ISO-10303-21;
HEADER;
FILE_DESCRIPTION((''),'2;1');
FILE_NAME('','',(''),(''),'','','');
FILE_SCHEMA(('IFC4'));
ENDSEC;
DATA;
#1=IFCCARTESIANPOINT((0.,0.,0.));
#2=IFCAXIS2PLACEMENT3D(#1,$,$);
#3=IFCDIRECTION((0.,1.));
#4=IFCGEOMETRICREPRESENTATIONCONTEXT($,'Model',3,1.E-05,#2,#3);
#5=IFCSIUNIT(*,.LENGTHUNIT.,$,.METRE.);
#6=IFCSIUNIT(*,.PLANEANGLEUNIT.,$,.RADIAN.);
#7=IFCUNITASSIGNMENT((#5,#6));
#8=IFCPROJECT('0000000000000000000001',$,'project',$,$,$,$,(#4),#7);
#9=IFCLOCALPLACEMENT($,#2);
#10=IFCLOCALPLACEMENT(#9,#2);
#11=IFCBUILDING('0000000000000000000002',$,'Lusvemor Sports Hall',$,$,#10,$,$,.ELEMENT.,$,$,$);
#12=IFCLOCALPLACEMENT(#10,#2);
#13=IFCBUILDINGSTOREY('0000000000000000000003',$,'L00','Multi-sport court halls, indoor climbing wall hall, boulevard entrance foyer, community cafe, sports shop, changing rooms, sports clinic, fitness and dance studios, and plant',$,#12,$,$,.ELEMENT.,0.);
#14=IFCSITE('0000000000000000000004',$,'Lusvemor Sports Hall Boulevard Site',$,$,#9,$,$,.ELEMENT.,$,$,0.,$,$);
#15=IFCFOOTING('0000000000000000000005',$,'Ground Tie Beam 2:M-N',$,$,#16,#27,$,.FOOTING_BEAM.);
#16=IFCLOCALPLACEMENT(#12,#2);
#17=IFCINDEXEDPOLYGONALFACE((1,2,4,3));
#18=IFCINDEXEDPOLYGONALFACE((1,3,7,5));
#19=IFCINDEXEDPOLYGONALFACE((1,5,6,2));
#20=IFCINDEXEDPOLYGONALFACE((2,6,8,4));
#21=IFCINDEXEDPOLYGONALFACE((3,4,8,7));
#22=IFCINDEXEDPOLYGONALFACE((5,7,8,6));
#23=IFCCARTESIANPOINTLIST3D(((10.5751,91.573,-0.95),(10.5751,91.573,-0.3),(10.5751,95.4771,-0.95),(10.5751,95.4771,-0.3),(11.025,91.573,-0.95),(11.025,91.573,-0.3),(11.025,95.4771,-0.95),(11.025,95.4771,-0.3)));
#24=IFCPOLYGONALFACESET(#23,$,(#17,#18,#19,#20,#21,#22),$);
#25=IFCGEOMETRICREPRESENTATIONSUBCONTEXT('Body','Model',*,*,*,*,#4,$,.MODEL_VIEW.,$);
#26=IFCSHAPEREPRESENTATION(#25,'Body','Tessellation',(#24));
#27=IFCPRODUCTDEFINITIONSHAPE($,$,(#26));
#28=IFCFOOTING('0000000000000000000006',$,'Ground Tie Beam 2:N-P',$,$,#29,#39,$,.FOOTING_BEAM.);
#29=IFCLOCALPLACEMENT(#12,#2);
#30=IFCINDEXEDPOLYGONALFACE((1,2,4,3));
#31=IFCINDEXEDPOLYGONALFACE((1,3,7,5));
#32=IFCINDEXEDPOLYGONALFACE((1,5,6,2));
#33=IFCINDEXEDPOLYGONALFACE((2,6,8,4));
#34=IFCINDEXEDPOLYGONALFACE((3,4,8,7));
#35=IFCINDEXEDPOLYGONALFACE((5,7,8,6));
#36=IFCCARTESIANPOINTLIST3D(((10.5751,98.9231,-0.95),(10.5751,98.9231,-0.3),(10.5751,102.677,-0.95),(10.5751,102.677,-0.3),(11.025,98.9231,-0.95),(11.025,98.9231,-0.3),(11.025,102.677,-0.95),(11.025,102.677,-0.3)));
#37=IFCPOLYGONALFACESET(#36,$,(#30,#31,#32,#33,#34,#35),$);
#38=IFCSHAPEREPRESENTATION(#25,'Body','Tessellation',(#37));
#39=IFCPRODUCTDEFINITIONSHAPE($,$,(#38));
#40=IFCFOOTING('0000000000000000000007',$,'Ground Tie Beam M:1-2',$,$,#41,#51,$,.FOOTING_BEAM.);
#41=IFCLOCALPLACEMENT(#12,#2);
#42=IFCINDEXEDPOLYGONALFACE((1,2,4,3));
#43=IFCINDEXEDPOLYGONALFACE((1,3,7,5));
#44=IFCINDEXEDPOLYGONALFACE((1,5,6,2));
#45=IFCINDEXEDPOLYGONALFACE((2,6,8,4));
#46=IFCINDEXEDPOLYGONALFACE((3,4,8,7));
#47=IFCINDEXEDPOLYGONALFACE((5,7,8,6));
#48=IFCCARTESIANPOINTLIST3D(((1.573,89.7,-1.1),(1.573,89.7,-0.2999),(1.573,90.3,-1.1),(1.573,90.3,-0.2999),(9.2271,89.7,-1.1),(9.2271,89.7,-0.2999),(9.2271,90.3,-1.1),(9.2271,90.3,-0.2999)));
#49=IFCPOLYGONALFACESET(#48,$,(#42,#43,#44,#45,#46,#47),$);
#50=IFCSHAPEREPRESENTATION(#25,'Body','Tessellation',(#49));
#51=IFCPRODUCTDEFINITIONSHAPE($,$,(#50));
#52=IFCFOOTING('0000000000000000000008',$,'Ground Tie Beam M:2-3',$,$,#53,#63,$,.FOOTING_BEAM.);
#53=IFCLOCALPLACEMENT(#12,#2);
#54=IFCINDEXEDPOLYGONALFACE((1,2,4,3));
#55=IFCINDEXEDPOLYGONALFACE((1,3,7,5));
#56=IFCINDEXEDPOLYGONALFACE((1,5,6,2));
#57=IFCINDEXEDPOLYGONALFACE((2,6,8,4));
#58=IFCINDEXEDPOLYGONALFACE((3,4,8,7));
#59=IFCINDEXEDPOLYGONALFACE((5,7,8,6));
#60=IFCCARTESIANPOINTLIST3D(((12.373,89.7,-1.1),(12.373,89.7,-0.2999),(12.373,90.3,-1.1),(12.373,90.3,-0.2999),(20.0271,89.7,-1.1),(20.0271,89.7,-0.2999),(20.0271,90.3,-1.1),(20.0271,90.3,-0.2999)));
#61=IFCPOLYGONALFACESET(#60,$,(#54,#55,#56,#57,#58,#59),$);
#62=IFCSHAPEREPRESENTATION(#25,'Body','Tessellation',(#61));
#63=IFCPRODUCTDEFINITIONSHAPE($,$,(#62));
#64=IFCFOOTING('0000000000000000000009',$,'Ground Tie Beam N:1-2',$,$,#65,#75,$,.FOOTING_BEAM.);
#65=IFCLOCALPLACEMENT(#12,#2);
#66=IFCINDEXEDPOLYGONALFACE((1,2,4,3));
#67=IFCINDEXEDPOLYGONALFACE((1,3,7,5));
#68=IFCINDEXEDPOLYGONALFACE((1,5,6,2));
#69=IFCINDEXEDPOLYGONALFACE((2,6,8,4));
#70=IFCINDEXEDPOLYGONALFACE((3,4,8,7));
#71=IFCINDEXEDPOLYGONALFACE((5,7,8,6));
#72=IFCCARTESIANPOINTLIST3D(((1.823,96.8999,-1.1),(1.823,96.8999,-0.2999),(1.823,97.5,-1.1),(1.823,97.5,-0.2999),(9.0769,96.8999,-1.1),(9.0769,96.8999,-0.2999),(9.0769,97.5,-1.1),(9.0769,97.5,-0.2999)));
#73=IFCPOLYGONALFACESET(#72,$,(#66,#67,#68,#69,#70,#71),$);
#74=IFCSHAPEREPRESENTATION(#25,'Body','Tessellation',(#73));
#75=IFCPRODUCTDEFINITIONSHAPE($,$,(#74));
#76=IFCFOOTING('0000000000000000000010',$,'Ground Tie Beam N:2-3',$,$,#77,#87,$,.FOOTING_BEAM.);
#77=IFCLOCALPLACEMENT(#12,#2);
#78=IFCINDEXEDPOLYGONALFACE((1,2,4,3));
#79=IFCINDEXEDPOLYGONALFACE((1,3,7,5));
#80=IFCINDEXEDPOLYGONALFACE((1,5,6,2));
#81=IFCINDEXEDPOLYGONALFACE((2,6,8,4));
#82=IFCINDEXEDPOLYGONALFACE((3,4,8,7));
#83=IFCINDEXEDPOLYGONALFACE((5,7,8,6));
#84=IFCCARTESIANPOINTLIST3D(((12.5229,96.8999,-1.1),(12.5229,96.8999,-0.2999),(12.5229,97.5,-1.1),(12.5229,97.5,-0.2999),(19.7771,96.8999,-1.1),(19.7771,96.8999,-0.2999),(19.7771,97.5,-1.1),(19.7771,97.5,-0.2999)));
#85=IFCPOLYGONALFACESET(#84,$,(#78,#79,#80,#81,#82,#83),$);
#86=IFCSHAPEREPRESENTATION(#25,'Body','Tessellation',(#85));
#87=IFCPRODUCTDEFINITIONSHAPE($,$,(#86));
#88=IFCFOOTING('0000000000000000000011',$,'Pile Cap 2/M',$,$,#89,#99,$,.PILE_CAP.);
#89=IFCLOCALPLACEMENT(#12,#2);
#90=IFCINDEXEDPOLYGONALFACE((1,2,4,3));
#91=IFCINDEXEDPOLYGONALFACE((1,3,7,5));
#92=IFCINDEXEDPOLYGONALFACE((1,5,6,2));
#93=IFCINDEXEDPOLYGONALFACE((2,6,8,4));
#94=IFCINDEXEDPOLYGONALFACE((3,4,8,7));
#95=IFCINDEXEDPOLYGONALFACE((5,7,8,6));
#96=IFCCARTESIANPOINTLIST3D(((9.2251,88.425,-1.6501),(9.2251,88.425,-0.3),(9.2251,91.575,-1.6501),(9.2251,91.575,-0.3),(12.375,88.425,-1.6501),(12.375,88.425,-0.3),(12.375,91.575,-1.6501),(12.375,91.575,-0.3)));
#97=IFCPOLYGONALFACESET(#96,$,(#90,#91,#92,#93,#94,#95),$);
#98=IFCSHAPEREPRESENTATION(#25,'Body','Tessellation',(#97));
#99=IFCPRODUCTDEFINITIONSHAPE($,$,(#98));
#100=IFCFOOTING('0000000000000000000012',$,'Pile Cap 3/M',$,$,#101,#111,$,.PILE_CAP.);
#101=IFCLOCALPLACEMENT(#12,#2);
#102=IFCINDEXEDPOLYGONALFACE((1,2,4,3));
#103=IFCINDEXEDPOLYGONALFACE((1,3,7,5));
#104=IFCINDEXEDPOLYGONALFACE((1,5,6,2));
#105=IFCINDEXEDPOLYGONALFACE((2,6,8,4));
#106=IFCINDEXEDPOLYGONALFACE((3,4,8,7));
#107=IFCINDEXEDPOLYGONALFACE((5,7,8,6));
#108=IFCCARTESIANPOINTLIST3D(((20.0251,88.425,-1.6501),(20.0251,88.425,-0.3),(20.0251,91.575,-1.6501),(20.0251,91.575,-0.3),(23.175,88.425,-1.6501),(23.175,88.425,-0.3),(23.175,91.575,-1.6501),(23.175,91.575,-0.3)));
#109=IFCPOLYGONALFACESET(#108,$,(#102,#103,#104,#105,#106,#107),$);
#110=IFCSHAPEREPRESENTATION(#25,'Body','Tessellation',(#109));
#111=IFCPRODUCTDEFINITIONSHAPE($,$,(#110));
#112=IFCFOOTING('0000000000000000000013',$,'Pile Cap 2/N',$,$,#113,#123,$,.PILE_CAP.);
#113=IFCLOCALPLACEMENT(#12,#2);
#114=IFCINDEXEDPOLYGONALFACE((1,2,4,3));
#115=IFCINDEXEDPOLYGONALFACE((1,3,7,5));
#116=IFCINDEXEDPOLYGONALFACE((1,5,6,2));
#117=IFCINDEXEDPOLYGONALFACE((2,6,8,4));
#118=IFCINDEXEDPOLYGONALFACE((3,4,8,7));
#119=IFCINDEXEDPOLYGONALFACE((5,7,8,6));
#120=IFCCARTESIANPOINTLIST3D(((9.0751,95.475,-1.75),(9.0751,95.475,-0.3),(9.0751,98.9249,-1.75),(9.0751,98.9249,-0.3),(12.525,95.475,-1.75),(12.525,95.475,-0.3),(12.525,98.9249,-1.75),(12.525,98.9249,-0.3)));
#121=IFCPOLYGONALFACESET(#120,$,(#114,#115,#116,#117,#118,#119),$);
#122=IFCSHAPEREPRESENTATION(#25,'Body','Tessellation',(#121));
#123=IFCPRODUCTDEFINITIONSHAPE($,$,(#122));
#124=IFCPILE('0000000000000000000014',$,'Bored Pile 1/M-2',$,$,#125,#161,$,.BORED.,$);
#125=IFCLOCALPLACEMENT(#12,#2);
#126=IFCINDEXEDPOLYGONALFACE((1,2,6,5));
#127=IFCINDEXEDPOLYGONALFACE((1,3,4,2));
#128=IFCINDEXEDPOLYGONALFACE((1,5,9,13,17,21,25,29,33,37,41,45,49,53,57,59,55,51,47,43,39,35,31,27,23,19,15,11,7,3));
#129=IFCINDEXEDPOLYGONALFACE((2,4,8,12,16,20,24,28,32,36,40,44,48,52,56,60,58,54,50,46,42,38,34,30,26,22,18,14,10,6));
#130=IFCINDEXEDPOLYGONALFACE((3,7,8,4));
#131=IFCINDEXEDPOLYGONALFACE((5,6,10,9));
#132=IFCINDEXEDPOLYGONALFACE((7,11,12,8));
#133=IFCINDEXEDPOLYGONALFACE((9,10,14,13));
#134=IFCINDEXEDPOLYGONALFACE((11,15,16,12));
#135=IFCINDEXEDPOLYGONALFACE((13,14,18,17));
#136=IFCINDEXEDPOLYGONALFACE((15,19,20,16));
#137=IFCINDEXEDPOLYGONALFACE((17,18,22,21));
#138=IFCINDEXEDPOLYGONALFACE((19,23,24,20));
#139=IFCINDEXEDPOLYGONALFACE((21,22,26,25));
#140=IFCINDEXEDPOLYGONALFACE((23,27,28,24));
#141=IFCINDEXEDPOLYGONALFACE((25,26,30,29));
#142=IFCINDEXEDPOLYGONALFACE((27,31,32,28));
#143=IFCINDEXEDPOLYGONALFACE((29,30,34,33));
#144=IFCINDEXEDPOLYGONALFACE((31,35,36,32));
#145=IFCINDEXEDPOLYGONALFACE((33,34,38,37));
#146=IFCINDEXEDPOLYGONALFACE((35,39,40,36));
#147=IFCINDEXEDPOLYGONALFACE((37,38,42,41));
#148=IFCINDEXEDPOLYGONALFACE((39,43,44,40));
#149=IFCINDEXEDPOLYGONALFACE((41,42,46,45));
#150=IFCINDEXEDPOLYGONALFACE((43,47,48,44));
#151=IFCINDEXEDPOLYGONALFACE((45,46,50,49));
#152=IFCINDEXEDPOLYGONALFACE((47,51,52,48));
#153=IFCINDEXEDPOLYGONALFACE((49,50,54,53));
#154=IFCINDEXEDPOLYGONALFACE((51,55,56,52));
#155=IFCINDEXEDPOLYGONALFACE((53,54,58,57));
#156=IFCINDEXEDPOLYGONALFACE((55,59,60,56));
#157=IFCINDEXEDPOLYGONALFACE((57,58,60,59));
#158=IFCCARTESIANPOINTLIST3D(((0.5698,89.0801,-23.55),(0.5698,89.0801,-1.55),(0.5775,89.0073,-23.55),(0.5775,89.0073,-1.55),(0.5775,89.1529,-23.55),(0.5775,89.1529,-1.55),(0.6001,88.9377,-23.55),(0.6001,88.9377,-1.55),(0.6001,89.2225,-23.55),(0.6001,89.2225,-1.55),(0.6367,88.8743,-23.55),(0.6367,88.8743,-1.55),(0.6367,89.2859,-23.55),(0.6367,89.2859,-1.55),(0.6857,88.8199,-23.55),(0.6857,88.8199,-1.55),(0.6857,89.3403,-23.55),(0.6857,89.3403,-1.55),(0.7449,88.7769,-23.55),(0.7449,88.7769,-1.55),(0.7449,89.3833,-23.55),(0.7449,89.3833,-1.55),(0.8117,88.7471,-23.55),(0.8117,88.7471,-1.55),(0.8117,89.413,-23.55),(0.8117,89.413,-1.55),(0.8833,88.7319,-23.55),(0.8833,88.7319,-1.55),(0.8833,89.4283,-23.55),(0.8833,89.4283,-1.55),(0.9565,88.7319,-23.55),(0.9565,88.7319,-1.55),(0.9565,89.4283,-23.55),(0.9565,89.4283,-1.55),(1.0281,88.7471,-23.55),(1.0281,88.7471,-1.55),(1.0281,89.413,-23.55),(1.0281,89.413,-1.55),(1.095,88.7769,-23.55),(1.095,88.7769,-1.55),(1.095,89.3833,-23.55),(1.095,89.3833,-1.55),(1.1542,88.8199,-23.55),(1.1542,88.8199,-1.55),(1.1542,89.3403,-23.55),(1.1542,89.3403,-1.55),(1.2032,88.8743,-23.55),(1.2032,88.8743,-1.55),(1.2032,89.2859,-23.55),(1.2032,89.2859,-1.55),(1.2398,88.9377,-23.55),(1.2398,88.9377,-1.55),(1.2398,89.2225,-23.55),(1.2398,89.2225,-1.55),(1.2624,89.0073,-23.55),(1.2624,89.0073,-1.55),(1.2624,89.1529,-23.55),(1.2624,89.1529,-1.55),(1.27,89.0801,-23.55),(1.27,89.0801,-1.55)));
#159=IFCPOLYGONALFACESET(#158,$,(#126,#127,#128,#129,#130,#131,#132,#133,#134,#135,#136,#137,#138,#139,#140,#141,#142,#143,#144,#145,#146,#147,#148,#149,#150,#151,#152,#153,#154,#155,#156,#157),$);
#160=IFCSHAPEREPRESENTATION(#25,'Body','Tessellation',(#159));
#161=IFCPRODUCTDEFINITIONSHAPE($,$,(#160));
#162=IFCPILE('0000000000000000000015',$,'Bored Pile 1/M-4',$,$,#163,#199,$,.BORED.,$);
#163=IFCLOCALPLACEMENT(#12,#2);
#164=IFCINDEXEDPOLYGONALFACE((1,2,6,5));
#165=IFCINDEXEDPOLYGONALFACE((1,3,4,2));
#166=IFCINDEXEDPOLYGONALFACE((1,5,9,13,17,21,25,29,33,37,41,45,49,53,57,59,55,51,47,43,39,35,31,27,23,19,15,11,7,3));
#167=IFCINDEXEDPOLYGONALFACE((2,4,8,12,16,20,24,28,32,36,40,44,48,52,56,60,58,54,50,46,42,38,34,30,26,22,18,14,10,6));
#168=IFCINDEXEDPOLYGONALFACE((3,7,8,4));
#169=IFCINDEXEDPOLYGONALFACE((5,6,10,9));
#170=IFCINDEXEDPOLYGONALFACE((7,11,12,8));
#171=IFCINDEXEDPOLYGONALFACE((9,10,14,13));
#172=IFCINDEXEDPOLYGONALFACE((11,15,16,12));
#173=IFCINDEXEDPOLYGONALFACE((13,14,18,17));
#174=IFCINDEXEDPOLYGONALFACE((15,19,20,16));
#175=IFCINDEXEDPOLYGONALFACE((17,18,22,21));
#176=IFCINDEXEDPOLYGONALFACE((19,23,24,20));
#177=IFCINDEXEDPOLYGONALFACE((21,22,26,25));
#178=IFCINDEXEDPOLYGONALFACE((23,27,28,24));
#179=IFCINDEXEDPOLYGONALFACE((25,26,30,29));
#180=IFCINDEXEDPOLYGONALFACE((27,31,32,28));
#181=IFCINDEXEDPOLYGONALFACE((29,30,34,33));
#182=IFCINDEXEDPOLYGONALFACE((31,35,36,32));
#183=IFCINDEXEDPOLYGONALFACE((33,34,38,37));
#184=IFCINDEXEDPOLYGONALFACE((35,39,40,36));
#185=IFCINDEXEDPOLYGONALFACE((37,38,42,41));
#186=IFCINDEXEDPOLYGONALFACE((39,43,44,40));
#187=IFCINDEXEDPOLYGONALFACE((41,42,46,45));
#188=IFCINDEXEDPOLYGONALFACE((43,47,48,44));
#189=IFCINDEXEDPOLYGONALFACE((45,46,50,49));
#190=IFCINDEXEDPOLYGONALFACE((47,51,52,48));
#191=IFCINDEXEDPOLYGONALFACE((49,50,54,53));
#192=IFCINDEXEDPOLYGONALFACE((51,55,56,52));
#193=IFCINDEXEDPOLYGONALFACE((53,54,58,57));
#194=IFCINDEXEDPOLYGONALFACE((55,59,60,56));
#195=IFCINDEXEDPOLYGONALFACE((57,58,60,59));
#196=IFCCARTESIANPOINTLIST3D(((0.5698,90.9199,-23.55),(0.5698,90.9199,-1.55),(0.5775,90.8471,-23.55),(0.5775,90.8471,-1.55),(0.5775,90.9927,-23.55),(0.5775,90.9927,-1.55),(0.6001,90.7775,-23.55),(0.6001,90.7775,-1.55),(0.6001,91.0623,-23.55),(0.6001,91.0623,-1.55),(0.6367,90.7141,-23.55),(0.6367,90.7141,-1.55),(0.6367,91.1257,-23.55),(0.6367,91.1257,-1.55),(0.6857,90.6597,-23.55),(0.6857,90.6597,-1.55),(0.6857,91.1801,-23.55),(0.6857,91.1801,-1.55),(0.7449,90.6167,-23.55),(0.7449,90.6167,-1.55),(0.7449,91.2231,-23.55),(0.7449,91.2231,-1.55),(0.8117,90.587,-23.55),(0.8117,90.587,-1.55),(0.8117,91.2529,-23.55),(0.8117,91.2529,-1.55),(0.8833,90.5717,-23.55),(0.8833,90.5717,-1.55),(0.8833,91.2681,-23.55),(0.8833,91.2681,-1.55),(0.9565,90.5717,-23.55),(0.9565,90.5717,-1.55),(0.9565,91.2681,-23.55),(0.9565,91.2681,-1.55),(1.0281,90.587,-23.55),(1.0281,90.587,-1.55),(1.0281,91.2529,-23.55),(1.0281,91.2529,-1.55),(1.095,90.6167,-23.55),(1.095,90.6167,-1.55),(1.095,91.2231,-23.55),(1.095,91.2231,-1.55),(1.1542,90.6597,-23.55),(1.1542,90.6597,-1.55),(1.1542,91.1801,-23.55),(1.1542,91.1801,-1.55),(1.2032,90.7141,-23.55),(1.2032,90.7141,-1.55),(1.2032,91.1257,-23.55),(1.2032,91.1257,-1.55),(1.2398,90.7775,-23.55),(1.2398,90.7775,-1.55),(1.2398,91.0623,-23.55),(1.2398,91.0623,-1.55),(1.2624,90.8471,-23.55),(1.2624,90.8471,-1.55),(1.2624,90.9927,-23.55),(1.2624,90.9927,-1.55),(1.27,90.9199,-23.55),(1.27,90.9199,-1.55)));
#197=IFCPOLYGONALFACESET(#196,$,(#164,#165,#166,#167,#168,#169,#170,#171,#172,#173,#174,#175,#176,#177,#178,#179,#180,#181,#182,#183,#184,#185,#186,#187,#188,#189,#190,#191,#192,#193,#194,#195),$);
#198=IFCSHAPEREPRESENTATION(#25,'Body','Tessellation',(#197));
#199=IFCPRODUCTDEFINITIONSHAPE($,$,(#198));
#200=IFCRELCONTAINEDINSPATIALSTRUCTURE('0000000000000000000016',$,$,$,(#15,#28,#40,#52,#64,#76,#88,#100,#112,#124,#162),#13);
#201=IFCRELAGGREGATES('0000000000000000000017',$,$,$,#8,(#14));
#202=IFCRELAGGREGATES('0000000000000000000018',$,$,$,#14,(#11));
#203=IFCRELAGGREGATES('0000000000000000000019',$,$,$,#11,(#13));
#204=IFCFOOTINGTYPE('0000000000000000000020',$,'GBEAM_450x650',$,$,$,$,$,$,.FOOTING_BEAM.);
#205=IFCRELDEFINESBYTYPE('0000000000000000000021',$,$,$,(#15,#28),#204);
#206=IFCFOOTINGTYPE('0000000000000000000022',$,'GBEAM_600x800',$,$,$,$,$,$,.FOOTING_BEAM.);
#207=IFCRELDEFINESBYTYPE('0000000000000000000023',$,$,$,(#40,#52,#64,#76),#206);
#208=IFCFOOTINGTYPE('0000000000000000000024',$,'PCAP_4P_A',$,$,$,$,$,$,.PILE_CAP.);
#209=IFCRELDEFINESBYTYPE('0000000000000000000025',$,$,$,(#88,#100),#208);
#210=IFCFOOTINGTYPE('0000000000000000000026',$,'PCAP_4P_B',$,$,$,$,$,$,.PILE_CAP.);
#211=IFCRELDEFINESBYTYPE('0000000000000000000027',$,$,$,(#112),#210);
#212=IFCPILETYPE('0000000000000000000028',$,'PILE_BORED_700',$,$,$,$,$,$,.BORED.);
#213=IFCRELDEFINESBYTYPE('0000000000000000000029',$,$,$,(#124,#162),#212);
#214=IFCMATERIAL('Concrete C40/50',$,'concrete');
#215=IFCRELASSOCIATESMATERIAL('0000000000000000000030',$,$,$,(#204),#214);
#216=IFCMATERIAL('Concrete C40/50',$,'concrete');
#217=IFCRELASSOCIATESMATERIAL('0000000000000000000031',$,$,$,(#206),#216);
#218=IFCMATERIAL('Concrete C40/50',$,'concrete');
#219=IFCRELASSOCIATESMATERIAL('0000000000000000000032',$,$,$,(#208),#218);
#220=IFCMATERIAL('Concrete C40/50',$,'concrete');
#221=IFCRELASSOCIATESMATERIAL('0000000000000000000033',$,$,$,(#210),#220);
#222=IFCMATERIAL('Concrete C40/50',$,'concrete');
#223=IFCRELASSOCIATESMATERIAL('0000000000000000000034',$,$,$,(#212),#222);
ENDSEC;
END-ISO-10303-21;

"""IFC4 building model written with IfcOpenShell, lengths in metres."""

from ifc_helpers import new_model, si_unit, direction, frame, origin, origin_2d, place, context, subcontext, project, spatial, rectangle, circle, extrude, material, material_profile, profile_set, type_object, element, save


model = new_model("IFC4")

# Units and contexts
model_context = context("Model", 3, precision=1e-05, world=origin(), true_north=direction((0.0, 1.0)))
body_context = subcontext(model_context, "Body", "Model", "MODEL_VIEW")
ifc_project = project(units=[si_unit("LENGTHUNIT", "METRE"), si_unit("PLANEANGLEUNIT", "RADIAN")], contexts=[model_context])

# Site, building, storey
site_placement = place(None, origin())
site = spatial("IfcSite", under=ifc_project, at=site_placement, Name="Lusvemor Sports Hall Boulevard Site", CompositionType="ELEMENT", RefElevation=0.0)
building_placement = place(site_placement, origin())
building = spatial("IfcBuilding", under=site, at=building_placement, Name="Lusvemor Sports Hall", CompositionType="ELEMENT")
storey_placement = place(building_placement, origin())
storey = spatial("IfcBuildingStorey", under=building, at=storey_placement, Name="L00", Description="Multi-sport court halls, indoor climbing wall hall, boulevard entrance foyer, community cafe, sports shop, changing rooms, sports clinic, fitness and dance studios, and plant", CompositionType="ELEMENT", Elevation=0.0)

# Footings
ifc_material_1 = material(Name="Concrete C40/50", Category="concrete")
ifc_material_profile_1 = material_profile(ifc_material_1, rectangle(XDim=0.45, YDim=0.6499, at=origin_2d()), Name="GB_450x650")
ifc_profile_set_1 = profile_set([ifc_material_profile_1], Name="Concrete C40/50")
footing_type_1 = type_object("IfcFootingType", Name="GBEAM_450x650", PredefinedType="FOOTING_BEAM", material=ifc_profile_set_1)
footing_1_placement = place(storey_placement, frame((10.8, 91.573, -0.625), z_axis=(0.0, 1.0, 0.0), x_axis=(-1.0, 0.0, 0.0)))
element("IfcFooting", 1, at=footing_1_placement, inside=storey, type_object=footing_type_1, Name="Ground Tie Beam 2:M-N", PredefinedType="FOOTING_BEAM", context=body_context, shape_type="SweptSolid", body=[
    extrude(rectangle(XDim=0.45, YDim=0.6499, at=origin_2d()), origin(), (0.0, 0.0, 1.0), 3.9041),
])
footing_2_placement = place(storey_placement, frame((10.8, 98.9231, -0.625), z_axis=(0.0, 1.0, 0.0), x_axis=(-1.0, 0.0, 0.0)))
element("IfcFooting", 2, at=footing_2_placement, inside=storey, type_object=footing_type_1, Name="Ground Tie Beam 2:N-P", PredefinedType="FOOTING_BEAM", context=body_context, shape_type="SweptSolid", body=[
    extrude(rectangle(XDim=0.45, YDim=0.6499, at=origin_2d()), origin(), (0.0, 0.0, 1.0), 3.7539),
])
ifc_material_2 = material(Name="Concrete C40/50", Category="concrete")
ifc_material_profile_2 = material_profile(ifc_material_2, rectangle(XDim=0.6001, YDim=0.8, at=origin_2d()), Name="GB_600x800")
ifc_profile_set_2 = profile_set([ifc_material_profile_2], Name="Concrete C40/50")
footing_type_2 = type_object("IfcFootingType", Name="GBEAM_600x800", PredefinedType="FOOTING_BEAM", material=ifc_profile_set_2)
for number, where, z_axis, x_axis, name in (
    (3, (1.573, 90.0, -0.7), (1.0, 0.0, 0.0), (0.0, 1.0, 0.0), "Ground Tie Beam M:1-2"),
    (4, (12.373, 90.0, -0.7), (1.0, 0.0, 0.0), (0.0, 1.0, 0.0), "Ground Tie Beam M:2-3"),
):
    element("IfcFooting", number, at=place(storey_placement, frame(where, z_axis=z_axis, x_axis=x_axis)), inside=storey, type_object=footing_type_2, Name=name, PredefinedType="FOOTING_BEAM", context=body_context, shape_type="SweptSolid", body=[
        extrude(rectangle(XDim=0.6001, YDim=0.8, at=origin_2d()), origin(), (0.0, 0.0, 1.0), 7.6541),
    ])
footing_3_placement = place(storey_placement, frame((1.823, 97.2, -0.7), z_axis=(1.0, 0.0, 0.0), x_axis=(0.0, 1.0, 0.0)))
element("IfcFooting", 5, at=footing_3_placement, inside=storey, type_object=footing_type_2, Name="Ground Tie Beam N:1-2", PredefinedType="FOOTING_BEAM", context=body_context, shape_type="SweptSolid", body=[
    extrude(rectangle(XDim=0.6001, YDim=0.8, at=origin_2d()), origin(), (0.0, 0.0, 1.0), 7.2539),
])
footing_4_placement = place(storey_placement, frame((12.5229, 97.2, -0.7), z_axis=(1.0, 0.0, 0.0), x_axis=(0.0, 1.0, 0.0)))
element("IfcFooting", 6, at=footing_4_placement, inside=storey, type_object=footing_type_2, Name="Ground Tie Beam N:2-3", PredefinedType="FOOTING_BEAM", context=body_context, shape_type="SweptSolid", body=[
    extrude(rectangle(XDim=0.6001, YDim=0.8, at=origin_2d()), origin(), (0.0, 0.0, 1.0), 7.2542),
])
ifc_material_3 = material(Name="Concrete C40/50", Category="concrete")
footing_type_3 = type_object("IfcFootingType", Name="PCAP_4P_A", PredefinedType="PILE_CAP", material=ifc_material_3)
for number, where, z_axis, x_axis, name in (
    (7, (10.8, 90.0, -1.6501), (0.0, 0.0, 1.0), (1.0, 0.0, 0.0), "Pile Cap 2/M"),
    (8, (21.6001, 90.0, -1.6501), (0.0, 0.0, 1.0), (1.0, 0.0, 0.0), "Pile Cap 3/M"),
):
    element("IfcFooting", number, at=place(storey_placement, frame(where, z_axis=z_axis, x_axis=x_axis)), inside=storey, type_object=footing_type_3, Name=name, PredefinedType="PILE_CAP", context=body_context, shape_type="SweptSolid", body=[
        extrude(rectangle(XDim=3.1499, YDim=3.1499, at=origin_2d()), origin(), (0.0, 0.0, 1.0), 1.3501),
    ])
ifc_material_4 = material(Name="Concrete C40/50", Category="concrete")
footing_type_4 = type_object("IfcFootingType", Name="PCAP_4P_B", PredefinedType="PILE_CAP", material=ifc_material_4)
footing_5_placement = place(storey_placement, frame((10.8, 97.2, -1.75), z_axis=(0.0, 0.0, 1.0), x_axis=(1.0, 0.0, 0.0)))
element("IfcFooting", 9, at=footing_5_placement, inside=storey, type_object=footing_type_4, Name="Pile Cap 2/N", PredefinedType="PILE_CAP", context=body_context, shape_type="SweptSolid", body=[
    extrude(rectangle(XDim=3.45, YDim=3.45, at=origin_2d()), origin(), (0.0, 0.0, 1.0), 1.45),
])

# Piles
ifc_material_5 = material(Name="Concrete C40/50", Category="concrete")
ifc_material_profile_3 = material_profile(ifc_material_5, circle(Radius=0.3501, at=origin_2d()), Name="PILE700")
ifc_profile_set_3 = profile_set([ifc_material_profile_3], Name="Concrete C40/50")
pile_type_1 = type_object("IfcPileType", Name="PILE_BORED_700", PredefinedType="BORED", material=ifc_profile_set_3)
for number, where, z_axis, x_axis, name in (
    (10, (0.9199, 89.0801, -1.55), (0.0, 0.0, -1.0), (1.0, 0.0, 0.0), "Bored Pile 1/M-2"),
    (11, (0.9199, 90.9199, -1.55), (0.0, 0.0, -1.0), (1.0, 0.0, 0.0), "Bored Pile 1/M-4"),
):
    element("IfcPile", number, at=place(storey_placement, frame(where, z_axis=z_axis, x_axis=x_axis)), inside=storey, type_object=pile_type_1, Name=name, PredefinedType="BORED", context=body_context, shape_type="SweptSolid", body=[
        extrude(circle(Radius=0.3501, at=origin_2d()), origin(), (0.0, 0.0, 1.0), 22.0),
    ])

save(model, "model.ifc")
